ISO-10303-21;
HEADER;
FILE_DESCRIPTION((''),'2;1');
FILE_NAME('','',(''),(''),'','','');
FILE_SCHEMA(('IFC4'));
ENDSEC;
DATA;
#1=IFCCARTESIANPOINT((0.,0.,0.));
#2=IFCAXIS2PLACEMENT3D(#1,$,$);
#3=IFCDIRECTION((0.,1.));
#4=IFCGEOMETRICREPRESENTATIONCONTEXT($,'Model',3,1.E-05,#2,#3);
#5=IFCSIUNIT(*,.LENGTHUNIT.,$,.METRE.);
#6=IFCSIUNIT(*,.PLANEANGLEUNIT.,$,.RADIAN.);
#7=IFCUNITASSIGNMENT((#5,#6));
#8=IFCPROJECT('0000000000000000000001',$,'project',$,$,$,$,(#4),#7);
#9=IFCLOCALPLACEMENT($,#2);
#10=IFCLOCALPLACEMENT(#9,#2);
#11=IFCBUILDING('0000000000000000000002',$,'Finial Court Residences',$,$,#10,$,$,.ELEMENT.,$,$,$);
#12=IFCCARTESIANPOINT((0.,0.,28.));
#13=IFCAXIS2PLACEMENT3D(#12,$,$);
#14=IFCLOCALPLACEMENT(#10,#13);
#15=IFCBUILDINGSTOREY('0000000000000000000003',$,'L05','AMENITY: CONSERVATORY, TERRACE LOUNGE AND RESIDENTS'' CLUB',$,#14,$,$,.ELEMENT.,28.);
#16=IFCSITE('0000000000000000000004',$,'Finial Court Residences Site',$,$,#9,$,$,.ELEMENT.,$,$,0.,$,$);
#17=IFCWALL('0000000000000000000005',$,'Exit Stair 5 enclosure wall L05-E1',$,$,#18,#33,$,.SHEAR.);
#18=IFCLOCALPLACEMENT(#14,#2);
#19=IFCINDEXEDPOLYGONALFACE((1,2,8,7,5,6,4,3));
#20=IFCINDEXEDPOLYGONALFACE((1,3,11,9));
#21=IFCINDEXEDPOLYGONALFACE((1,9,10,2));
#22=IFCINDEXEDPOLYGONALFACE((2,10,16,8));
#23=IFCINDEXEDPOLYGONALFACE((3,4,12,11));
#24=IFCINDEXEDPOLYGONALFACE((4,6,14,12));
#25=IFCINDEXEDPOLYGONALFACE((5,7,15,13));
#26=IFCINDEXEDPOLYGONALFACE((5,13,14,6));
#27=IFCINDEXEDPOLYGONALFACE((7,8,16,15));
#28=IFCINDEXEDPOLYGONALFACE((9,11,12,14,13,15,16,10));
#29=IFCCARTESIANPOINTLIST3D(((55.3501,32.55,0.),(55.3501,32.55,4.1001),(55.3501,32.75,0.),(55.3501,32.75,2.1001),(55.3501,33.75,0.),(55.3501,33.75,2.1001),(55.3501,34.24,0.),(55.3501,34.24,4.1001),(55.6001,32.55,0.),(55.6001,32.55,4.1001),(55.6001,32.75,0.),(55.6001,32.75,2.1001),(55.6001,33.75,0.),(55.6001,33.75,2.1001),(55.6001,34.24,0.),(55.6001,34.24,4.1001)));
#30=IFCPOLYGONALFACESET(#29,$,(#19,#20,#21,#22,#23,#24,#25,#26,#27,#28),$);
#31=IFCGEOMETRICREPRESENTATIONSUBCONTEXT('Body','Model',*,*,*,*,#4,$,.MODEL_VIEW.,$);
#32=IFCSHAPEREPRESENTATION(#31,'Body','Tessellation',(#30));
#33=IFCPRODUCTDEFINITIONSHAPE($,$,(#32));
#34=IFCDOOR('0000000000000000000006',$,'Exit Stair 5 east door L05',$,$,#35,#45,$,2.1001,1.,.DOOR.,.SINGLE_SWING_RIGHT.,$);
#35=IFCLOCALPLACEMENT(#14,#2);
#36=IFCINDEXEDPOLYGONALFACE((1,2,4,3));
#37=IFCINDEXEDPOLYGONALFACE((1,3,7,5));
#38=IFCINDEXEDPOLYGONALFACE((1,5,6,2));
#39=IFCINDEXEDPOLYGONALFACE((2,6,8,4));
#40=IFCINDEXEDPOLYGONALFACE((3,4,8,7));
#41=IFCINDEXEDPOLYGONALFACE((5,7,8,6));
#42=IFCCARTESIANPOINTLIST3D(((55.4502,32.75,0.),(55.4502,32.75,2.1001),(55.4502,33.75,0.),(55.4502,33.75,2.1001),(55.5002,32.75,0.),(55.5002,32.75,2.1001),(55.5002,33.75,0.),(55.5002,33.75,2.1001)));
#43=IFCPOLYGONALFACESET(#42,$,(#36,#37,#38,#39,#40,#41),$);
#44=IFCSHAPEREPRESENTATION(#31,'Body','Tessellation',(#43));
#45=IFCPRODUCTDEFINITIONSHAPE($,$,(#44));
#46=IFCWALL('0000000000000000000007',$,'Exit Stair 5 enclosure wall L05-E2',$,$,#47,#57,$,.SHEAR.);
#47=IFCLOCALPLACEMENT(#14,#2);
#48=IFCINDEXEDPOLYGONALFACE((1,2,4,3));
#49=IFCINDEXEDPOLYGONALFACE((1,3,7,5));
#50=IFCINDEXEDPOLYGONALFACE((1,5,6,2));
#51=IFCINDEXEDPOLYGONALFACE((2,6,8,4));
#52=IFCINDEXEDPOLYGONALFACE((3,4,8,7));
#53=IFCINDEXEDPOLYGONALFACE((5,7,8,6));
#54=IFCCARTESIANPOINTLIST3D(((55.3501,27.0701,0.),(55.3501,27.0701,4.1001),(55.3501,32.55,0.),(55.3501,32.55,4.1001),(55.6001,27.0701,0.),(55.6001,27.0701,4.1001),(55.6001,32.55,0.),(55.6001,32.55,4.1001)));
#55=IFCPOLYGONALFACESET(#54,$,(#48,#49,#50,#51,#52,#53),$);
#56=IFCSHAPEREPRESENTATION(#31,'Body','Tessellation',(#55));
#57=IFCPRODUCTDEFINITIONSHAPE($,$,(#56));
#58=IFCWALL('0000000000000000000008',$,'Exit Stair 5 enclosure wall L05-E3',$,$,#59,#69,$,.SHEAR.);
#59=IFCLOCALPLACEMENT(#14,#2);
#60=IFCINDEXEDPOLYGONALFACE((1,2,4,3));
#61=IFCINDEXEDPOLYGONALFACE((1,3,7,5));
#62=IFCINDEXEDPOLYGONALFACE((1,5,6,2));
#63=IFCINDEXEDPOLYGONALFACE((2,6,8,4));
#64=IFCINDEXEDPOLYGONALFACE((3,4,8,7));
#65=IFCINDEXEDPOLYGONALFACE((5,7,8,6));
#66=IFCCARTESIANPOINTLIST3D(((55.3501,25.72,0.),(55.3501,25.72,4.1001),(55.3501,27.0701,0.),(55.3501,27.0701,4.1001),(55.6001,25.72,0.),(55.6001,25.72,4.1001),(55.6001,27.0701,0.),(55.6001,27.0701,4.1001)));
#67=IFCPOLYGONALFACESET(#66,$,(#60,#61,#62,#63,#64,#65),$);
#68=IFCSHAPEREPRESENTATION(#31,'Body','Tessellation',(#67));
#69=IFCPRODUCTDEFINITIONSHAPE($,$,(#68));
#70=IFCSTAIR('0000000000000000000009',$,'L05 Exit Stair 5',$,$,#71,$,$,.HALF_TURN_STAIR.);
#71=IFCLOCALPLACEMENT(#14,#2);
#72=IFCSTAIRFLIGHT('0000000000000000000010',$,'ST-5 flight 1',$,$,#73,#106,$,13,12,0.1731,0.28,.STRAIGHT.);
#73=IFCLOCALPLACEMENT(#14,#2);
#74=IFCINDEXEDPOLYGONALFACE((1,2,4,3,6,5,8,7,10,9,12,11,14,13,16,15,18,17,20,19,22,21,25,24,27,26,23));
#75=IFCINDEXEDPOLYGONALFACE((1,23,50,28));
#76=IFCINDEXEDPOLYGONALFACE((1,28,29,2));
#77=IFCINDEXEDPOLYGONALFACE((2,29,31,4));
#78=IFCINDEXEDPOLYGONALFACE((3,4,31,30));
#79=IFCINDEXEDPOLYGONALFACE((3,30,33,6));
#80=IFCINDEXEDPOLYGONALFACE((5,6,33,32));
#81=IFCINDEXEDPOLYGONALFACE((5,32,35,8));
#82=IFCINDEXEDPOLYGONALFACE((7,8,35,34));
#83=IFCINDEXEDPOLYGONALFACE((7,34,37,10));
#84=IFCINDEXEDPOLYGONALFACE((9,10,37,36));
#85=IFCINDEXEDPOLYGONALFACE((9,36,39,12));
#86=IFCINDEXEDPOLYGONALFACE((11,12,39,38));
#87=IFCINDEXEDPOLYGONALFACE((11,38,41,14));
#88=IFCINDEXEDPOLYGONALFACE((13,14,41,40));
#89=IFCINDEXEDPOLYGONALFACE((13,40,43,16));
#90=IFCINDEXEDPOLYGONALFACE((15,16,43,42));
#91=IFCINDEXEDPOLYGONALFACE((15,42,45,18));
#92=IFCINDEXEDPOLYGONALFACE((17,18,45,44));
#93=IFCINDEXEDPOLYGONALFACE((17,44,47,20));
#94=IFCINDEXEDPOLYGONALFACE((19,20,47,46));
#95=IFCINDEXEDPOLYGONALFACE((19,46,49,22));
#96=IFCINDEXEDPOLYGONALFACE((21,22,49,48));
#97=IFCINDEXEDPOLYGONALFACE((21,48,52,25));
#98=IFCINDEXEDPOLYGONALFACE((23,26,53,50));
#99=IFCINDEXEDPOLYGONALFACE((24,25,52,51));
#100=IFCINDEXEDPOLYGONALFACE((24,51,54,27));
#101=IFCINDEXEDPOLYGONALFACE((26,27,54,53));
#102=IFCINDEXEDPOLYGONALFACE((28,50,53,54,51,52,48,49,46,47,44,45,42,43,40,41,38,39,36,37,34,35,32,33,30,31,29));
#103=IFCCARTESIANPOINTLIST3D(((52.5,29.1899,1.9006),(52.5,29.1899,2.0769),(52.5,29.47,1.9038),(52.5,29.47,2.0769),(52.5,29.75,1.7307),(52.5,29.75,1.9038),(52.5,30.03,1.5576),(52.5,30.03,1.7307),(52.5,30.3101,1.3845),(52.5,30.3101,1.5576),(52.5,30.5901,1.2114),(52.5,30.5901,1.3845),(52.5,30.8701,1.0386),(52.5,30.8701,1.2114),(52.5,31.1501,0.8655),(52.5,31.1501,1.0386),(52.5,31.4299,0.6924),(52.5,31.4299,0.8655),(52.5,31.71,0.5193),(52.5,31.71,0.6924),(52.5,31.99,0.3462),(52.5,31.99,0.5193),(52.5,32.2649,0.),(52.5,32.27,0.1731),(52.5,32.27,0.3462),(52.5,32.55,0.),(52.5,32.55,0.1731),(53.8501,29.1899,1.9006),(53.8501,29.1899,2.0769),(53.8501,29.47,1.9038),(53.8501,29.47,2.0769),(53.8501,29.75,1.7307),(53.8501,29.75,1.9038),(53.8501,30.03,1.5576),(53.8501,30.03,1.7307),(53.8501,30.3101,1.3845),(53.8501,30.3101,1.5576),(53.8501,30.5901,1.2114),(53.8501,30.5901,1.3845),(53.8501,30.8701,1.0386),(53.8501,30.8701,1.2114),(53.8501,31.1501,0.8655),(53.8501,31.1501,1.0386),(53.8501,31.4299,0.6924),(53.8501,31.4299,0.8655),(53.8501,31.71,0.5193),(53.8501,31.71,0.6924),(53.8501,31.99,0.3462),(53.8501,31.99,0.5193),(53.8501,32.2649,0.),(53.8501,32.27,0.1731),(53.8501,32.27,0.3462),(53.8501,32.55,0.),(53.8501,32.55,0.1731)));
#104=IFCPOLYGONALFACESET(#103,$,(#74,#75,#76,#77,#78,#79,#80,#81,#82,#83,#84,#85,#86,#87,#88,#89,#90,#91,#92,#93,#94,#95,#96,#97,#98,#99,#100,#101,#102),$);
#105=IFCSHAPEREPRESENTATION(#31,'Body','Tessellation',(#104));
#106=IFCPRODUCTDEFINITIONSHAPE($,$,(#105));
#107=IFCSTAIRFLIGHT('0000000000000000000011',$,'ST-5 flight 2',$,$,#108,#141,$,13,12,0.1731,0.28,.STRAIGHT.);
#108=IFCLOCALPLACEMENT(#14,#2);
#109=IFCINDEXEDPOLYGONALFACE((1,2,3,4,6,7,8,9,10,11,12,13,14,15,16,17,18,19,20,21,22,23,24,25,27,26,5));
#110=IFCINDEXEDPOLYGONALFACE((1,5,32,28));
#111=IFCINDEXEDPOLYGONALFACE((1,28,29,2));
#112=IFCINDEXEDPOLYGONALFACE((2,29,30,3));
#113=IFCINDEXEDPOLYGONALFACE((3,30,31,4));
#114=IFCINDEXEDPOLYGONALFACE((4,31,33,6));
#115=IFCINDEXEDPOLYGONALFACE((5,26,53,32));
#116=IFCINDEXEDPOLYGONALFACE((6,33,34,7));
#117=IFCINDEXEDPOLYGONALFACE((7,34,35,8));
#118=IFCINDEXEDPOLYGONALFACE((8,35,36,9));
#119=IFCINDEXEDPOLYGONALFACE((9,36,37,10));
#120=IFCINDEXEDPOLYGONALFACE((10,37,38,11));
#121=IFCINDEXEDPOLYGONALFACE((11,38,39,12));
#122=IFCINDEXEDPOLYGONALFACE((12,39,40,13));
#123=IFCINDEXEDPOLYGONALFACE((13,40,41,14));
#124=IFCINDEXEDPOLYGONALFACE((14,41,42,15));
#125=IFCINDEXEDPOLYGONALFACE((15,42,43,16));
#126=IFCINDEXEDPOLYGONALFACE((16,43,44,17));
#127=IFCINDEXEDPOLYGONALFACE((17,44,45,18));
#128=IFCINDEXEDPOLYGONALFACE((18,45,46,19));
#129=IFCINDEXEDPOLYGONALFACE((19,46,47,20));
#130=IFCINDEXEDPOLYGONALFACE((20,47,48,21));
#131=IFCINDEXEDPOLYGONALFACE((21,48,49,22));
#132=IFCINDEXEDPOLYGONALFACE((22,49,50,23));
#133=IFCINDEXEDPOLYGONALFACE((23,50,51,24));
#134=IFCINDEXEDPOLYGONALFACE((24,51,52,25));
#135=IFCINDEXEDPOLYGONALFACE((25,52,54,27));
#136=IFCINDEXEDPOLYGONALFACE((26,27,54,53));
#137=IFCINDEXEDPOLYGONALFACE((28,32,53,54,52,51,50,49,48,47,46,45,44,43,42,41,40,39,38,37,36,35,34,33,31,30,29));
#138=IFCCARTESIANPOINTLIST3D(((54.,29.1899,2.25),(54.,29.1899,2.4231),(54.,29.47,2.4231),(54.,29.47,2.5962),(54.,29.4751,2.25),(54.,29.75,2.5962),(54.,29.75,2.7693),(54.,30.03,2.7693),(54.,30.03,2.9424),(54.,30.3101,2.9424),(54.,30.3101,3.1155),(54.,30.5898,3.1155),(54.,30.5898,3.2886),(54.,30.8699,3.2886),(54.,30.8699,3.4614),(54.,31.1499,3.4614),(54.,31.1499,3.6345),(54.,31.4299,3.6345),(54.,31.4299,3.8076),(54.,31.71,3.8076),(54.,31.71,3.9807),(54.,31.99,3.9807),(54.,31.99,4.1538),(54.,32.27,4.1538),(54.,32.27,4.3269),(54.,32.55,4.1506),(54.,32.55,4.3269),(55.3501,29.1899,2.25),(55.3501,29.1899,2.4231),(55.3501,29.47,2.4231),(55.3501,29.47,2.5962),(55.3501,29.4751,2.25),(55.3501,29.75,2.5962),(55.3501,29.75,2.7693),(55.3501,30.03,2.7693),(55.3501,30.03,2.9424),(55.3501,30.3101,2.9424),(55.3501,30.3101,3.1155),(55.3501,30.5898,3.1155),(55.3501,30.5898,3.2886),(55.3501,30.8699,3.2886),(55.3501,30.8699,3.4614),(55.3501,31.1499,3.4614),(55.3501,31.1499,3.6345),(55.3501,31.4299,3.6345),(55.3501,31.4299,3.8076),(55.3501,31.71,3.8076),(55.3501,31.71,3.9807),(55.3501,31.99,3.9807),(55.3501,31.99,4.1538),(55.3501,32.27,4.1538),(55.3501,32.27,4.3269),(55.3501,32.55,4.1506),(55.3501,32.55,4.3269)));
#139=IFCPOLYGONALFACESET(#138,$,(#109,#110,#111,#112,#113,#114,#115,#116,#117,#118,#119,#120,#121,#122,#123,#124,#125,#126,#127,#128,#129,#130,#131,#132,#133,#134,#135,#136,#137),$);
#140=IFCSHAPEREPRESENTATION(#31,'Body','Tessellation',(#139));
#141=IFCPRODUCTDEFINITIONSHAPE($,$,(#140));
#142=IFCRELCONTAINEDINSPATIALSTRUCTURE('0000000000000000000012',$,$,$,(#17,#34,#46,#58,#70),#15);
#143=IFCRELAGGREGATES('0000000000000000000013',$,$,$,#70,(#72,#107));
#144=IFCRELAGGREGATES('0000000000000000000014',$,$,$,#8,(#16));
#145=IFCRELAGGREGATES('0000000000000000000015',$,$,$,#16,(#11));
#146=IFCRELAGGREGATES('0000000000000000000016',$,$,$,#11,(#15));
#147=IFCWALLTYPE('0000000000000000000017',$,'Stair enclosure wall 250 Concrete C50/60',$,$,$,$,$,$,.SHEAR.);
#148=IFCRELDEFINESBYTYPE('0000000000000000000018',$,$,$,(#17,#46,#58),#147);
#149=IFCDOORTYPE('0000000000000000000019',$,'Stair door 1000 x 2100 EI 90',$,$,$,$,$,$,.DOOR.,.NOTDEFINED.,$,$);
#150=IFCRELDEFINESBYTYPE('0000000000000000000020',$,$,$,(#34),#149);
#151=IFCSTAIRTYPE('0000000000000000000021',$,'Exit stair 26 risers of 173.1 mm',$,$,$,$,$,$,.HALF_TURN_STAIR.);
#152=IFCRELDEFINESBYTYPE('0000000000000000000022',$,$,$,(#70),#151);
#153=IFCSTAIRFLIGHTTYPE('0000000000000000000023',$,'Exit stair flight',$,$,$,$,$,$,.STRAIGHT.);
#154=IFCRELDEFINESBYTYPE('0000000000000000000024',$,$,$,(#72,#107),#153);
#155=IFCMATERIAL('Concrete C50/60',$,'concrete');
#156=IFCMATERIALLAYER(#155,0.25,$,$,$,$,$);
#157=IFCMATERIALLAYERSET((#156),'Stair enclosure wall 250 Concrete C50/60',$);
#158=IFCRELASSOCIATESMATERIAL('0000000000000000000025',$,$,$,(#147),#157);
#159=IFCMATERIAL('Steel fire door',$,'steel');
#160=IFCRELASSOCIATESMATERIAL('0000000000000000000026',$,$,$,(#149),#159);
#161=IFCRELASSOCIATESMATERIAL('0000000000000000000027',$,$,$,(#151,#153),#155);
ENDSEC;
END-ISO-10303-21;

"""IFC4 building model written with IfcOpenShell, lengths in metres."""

from ifc_helpers import new_model, si_unit, direction, frame, frame_2d, origin, place, context, subcontext, project, spatial, polyline, rectangle, outline, extrude, material, layer, layer_set, type_object, element, fill, aggregate, save


model = new_model("IFC4")

# Units and contexts
model_context = context("Model", 3, precision=1e-05, world=origin(), true_north=direction((0.0, 1.0)))
body_context = subcontext(model_context, "Body", "Model", "MODEL_VIEW")
ifc_project = project(units=[si_unit("LENGTHUNIT", "METRE"), si_unit("PLANEANGLEUNIT", "RADIAN")], contexts=[model_context])

# Site, building, storey
site_placement = place(None, origin())
site = spatial("IfcSite", under=ifc_project, at=site_placement, Name="Finial Court Residences Site", CompositionType="ELEMENT", RefElevation=0.0)
building_placement = place(site_placement, origin())
building = spatial("IfcBuilding", under=site, at=building_placement, Name="Finial Court Residences", CompositionType="ELEMENT")
storey_placement = place(building_placement, frame((0.0, 0.0, 28.0)))
storey = spatial("IfcBuildingStorey", under=building, at=storey_placement, Name="L05", Description="AMENITY: CONSERVATORY, TERRACE LOUNGE AND RESIDENTS' CLUB", CompositionType="ELEMENT", Elevation=28.0)

# Shared definitions
ifc_material_1 = material(Name="Concrete C50/60", Category="concrete")

# Shared definitions
ifc_layer_1 = layer(ifc_material_1, 0.25)
ifc_layer_set_1 = layer_set([ifc_layer_1], Name="Stair enclosure wall 250 Concrete C50/60")
wall_type_1 = type_object("IfcWallType", Name="Stair enclosure wall 250 Concrete C50/60", PredefinedType="SHEAR", material=ifc_layer_set_1)
ifc_material_2 = material(Name="Steel fire door", Category="steel")
door_type_1 = type_object("IfcDoorType", Name="Stair door 1000 x 2100 EI 90", OperationType="NOTDEFINED", PredefinedType="DOOR", material=ifc_material_2)

# Wall, opening, door
wall_1_placement = place(storey_placement, frame((55.4751, 32.55, 0.0), z_axis=(0.0, 0.0, 1.0), x_axis=(0.0, 1.0, 0.0)))
wall_1 = element("IfcWall", 1, at=wall_1_placement, inside=storey, type_object=wall_type_1, Name="Exit Stair 5 enclosure wall L05-E1", PredefinedType="SHEAR", context=body_context, shape_type="SweptSolid", body=[
    extrude(rectangle(XDim=1.6899, YDim=0.25, at=frame_2d((0.845, 0.0))), origin(), (0.0, 0.0, 1.0), 4.1001),
])
opening_1_placement = place(wall_1_placement, frame((0.2, 0.0, 0.0)))
opening_1 = element("IfcOpeningElement", 2, at=opening_1_placement, cuts=wall_1, PredefinedType="OPENING", context=body_context, shape_type="SweptSolid", body=[
    extrude(rectangle(XDim=1.0, YDim=2.1001, at=frame_2d((0.5, 1.05))), frame((0.0, 0.135, 0.0), z_axis=(0.0, -1.0, 0.0), x_axis=(1.0, 0.0, 0.0)), (0.0, 0.0, 1.0), 0.27),
])
door_1_placement = place(opening_1_placement, origin())
door_1 = element("IfcDoor", 3, at=door_1_placement, inside=storey, type_object=door_type_1, Name="Exit Stair 5 east door L05", OperationType="SINGLE_SWING_RIGHT", OverallHeight=2.1001, OverallWidth=1.0, PredefinedType="DOOR", context=body_context, shape_type="SweptSolid", body=[
    extrude(rectangle(XDim=1.0, YDim=2.1001, at=frame_2d((0.5, 1.05))), frame((0.0, 0.0249, 0.0), z_axis=(0.0, -1.0, 0.0), x_axis=(1.0, 0.0, 0.0)), (0.0, 0.0, 1.0), 0.05),
])
fill(opening_1, door_1)

# Walls
wall_2_placement = place(storey_placement, frame((55.4751, 27.0701, 0.0), z_axis=(0.0, 0.0, 1.0), x_axis=(0.0, 1.0, 0.0)))
element("IfcWall", 4, at=wall_2_placement, inside=storey, type_object=wall_type_1, Name="Exit Stair 5 enclosure wall L05-E2", PredefinedType="SHEAR", context=body_context, shape_type="SweptSolid", body=[
    extrude(rectangle(XDim=5.48, YDim=0.25, at=frame_2d((2.74, 0.0))), origin(), (0.0, 0.0, 1.0), 4.1001),
])
wall_3_placement = place(storey_placement, frame((55.4751, 25.72, 0.0), z_axis=(0.0, 0.0, 1.0), x_axis=(0.0, 1.0, 0.0)))
element("IfcWall", 5, at=wall_3_placement, inside=storey, type_object=wall_type_1, Name="Exit Stair 5 enclosure wall L05-E3", PredefinedType="SHEAR", context=body_context, shape_type="SweptSolid", body=[
    extrude(rectangle(XDim=1.3501, YDim=0.25, at=frame_2d((0.675, 0.0))), origin(), (0.0, 0.0, 1.0), 4.1001),
])

# Stair, stair flights
stair_type = type_object("IfcStairType", Name="Exit stair 26 risers of 173.1 mm", PredefinedType="HALF_TURN_STAIR", material=ifc_material_1)
stair_placement = place(storey_placement, origin())
stair = element("IfcStair", 6, at=stair_placement, inside=storey, type_object=stair_type, Name="L05 Exit Stair 5", PredefinedType="HALF_TURN_STAIR")
stair_flight_type = type_object("IfcStairFlightType", Name="Exit stair flight", PredefinedType="STRAIGHT", material=ifc_material_1)
stair_flight_1_placement = place(storey_placement, frame((53.175, 32.55, 0.0), z_axis=(0.0, 0.0, 1.0), x_axis=(0.0, -1.0, 0.0)))
stair_flight_1 = element("IfcStairFlight", 7, at=stair_flight_1_placement, type_object=stair_flight_type, Name="ST-5 flight 1", NumberOfRisers=13, NumberOfTreads=12, PredefinedType="STRAIGHT", RiserHeight=0.1731, TreadLength=0.28, context=body_context, shape_type="SweptSolid", body=[
    extrude(outline(polyline([(0.0, 0.0), (0.0, 0.1731), (0.28, 0.1731), (0.28, 0.3462), (0.5601, 0.3462), (0.5601, 0.5193), (0.8401, 0.5193), (0.8401, 0.6924), (1.1201, 0.6924), (1.1201, 0.8655), (1.3999, 0.8655), (1.3999, 1.0386), (1.6799, 1.0386), (1.6799, 1.2114), (1.96, 1.2114), (1.96, 1.3845), (2.24, 1.3845), (2.24, 1.5576), (2.52, 1.5576), (2.52, 1.7307), (2.8, 1.7307), (2.8, 1.9038), (3.0801, 1.9038), (3.0801, 2.0769), (3.3601, 2.0769), (3.3601, 2.25), (3.3601, 1.9006), (0.2852, 0.0), (0.0, 0.0)])), frame((0.0, 0.675, 0.0), z_axis=(0.0, -1.0, 0.0), x_axis=(1.0, 0.0, 0.0)), (0.0, 0.0, 1.0), 1.3501),
])
stair_flight_2_placement = place(storey_placement, frame((54.675, 29.1899, 2.25), z_axis=(0.0, 0.0, 1.0), x_axis=(0.0, 1.0, 0.0)))
stair_flight_2 = element("IfcStairFlight", 8, at=stair_flight_2_placement, type_object=stair_flight_type, Name="ST-5 flight 2", NumberOfRisers=13, NumberOfTreads=12, PredefinedType="STRAIGHT", RiserHeight=0.1731, TreadLength=0.28, context=body_context, shape_type="SweptSolid", body=[
    extrude(outline(polyline([(0.0, 0.0), (0.0, 0.1731), (0.28, 0.1731), (0.28, 0.3462), (0.5601, 0.3462), (0.5601, 0.5193), (0.8401, 0.5193), (0.8401, 0.6924), (1.1201, 0.6924), (1.1201, 0.8655), (1.3999, 0.8655), (1.3999, 1.0386), (1.6799, 1.0386), (1.6799, 1.2114), (1.96, 1.2114), (1.96, 1.3845), (2.24, 1.3845), (2.24, 1.5576), (2.52, 1.5576), (2.52, 1.7307), (2.8, 1.7307), (2.8, 1.9038), (3.0801, 1.9038), (3.0801, 2.0769), (3.3601, 2.0769), (3.3601, 2.25), (3.3601, 1.9006), (0.2852, 0.0), (0.0, 0.0)])), frame((0.0, 0.675, 0.0), z_axis=(0.0, -1.0, 0.0), x_axis=(1.0, 0.0, 0.0)), (0.0, 0.0, 1.0), 1.3501),
])
aggregate(stair, [stair_flight_1, stair_flight_2])

save(model, "model.ifc")
